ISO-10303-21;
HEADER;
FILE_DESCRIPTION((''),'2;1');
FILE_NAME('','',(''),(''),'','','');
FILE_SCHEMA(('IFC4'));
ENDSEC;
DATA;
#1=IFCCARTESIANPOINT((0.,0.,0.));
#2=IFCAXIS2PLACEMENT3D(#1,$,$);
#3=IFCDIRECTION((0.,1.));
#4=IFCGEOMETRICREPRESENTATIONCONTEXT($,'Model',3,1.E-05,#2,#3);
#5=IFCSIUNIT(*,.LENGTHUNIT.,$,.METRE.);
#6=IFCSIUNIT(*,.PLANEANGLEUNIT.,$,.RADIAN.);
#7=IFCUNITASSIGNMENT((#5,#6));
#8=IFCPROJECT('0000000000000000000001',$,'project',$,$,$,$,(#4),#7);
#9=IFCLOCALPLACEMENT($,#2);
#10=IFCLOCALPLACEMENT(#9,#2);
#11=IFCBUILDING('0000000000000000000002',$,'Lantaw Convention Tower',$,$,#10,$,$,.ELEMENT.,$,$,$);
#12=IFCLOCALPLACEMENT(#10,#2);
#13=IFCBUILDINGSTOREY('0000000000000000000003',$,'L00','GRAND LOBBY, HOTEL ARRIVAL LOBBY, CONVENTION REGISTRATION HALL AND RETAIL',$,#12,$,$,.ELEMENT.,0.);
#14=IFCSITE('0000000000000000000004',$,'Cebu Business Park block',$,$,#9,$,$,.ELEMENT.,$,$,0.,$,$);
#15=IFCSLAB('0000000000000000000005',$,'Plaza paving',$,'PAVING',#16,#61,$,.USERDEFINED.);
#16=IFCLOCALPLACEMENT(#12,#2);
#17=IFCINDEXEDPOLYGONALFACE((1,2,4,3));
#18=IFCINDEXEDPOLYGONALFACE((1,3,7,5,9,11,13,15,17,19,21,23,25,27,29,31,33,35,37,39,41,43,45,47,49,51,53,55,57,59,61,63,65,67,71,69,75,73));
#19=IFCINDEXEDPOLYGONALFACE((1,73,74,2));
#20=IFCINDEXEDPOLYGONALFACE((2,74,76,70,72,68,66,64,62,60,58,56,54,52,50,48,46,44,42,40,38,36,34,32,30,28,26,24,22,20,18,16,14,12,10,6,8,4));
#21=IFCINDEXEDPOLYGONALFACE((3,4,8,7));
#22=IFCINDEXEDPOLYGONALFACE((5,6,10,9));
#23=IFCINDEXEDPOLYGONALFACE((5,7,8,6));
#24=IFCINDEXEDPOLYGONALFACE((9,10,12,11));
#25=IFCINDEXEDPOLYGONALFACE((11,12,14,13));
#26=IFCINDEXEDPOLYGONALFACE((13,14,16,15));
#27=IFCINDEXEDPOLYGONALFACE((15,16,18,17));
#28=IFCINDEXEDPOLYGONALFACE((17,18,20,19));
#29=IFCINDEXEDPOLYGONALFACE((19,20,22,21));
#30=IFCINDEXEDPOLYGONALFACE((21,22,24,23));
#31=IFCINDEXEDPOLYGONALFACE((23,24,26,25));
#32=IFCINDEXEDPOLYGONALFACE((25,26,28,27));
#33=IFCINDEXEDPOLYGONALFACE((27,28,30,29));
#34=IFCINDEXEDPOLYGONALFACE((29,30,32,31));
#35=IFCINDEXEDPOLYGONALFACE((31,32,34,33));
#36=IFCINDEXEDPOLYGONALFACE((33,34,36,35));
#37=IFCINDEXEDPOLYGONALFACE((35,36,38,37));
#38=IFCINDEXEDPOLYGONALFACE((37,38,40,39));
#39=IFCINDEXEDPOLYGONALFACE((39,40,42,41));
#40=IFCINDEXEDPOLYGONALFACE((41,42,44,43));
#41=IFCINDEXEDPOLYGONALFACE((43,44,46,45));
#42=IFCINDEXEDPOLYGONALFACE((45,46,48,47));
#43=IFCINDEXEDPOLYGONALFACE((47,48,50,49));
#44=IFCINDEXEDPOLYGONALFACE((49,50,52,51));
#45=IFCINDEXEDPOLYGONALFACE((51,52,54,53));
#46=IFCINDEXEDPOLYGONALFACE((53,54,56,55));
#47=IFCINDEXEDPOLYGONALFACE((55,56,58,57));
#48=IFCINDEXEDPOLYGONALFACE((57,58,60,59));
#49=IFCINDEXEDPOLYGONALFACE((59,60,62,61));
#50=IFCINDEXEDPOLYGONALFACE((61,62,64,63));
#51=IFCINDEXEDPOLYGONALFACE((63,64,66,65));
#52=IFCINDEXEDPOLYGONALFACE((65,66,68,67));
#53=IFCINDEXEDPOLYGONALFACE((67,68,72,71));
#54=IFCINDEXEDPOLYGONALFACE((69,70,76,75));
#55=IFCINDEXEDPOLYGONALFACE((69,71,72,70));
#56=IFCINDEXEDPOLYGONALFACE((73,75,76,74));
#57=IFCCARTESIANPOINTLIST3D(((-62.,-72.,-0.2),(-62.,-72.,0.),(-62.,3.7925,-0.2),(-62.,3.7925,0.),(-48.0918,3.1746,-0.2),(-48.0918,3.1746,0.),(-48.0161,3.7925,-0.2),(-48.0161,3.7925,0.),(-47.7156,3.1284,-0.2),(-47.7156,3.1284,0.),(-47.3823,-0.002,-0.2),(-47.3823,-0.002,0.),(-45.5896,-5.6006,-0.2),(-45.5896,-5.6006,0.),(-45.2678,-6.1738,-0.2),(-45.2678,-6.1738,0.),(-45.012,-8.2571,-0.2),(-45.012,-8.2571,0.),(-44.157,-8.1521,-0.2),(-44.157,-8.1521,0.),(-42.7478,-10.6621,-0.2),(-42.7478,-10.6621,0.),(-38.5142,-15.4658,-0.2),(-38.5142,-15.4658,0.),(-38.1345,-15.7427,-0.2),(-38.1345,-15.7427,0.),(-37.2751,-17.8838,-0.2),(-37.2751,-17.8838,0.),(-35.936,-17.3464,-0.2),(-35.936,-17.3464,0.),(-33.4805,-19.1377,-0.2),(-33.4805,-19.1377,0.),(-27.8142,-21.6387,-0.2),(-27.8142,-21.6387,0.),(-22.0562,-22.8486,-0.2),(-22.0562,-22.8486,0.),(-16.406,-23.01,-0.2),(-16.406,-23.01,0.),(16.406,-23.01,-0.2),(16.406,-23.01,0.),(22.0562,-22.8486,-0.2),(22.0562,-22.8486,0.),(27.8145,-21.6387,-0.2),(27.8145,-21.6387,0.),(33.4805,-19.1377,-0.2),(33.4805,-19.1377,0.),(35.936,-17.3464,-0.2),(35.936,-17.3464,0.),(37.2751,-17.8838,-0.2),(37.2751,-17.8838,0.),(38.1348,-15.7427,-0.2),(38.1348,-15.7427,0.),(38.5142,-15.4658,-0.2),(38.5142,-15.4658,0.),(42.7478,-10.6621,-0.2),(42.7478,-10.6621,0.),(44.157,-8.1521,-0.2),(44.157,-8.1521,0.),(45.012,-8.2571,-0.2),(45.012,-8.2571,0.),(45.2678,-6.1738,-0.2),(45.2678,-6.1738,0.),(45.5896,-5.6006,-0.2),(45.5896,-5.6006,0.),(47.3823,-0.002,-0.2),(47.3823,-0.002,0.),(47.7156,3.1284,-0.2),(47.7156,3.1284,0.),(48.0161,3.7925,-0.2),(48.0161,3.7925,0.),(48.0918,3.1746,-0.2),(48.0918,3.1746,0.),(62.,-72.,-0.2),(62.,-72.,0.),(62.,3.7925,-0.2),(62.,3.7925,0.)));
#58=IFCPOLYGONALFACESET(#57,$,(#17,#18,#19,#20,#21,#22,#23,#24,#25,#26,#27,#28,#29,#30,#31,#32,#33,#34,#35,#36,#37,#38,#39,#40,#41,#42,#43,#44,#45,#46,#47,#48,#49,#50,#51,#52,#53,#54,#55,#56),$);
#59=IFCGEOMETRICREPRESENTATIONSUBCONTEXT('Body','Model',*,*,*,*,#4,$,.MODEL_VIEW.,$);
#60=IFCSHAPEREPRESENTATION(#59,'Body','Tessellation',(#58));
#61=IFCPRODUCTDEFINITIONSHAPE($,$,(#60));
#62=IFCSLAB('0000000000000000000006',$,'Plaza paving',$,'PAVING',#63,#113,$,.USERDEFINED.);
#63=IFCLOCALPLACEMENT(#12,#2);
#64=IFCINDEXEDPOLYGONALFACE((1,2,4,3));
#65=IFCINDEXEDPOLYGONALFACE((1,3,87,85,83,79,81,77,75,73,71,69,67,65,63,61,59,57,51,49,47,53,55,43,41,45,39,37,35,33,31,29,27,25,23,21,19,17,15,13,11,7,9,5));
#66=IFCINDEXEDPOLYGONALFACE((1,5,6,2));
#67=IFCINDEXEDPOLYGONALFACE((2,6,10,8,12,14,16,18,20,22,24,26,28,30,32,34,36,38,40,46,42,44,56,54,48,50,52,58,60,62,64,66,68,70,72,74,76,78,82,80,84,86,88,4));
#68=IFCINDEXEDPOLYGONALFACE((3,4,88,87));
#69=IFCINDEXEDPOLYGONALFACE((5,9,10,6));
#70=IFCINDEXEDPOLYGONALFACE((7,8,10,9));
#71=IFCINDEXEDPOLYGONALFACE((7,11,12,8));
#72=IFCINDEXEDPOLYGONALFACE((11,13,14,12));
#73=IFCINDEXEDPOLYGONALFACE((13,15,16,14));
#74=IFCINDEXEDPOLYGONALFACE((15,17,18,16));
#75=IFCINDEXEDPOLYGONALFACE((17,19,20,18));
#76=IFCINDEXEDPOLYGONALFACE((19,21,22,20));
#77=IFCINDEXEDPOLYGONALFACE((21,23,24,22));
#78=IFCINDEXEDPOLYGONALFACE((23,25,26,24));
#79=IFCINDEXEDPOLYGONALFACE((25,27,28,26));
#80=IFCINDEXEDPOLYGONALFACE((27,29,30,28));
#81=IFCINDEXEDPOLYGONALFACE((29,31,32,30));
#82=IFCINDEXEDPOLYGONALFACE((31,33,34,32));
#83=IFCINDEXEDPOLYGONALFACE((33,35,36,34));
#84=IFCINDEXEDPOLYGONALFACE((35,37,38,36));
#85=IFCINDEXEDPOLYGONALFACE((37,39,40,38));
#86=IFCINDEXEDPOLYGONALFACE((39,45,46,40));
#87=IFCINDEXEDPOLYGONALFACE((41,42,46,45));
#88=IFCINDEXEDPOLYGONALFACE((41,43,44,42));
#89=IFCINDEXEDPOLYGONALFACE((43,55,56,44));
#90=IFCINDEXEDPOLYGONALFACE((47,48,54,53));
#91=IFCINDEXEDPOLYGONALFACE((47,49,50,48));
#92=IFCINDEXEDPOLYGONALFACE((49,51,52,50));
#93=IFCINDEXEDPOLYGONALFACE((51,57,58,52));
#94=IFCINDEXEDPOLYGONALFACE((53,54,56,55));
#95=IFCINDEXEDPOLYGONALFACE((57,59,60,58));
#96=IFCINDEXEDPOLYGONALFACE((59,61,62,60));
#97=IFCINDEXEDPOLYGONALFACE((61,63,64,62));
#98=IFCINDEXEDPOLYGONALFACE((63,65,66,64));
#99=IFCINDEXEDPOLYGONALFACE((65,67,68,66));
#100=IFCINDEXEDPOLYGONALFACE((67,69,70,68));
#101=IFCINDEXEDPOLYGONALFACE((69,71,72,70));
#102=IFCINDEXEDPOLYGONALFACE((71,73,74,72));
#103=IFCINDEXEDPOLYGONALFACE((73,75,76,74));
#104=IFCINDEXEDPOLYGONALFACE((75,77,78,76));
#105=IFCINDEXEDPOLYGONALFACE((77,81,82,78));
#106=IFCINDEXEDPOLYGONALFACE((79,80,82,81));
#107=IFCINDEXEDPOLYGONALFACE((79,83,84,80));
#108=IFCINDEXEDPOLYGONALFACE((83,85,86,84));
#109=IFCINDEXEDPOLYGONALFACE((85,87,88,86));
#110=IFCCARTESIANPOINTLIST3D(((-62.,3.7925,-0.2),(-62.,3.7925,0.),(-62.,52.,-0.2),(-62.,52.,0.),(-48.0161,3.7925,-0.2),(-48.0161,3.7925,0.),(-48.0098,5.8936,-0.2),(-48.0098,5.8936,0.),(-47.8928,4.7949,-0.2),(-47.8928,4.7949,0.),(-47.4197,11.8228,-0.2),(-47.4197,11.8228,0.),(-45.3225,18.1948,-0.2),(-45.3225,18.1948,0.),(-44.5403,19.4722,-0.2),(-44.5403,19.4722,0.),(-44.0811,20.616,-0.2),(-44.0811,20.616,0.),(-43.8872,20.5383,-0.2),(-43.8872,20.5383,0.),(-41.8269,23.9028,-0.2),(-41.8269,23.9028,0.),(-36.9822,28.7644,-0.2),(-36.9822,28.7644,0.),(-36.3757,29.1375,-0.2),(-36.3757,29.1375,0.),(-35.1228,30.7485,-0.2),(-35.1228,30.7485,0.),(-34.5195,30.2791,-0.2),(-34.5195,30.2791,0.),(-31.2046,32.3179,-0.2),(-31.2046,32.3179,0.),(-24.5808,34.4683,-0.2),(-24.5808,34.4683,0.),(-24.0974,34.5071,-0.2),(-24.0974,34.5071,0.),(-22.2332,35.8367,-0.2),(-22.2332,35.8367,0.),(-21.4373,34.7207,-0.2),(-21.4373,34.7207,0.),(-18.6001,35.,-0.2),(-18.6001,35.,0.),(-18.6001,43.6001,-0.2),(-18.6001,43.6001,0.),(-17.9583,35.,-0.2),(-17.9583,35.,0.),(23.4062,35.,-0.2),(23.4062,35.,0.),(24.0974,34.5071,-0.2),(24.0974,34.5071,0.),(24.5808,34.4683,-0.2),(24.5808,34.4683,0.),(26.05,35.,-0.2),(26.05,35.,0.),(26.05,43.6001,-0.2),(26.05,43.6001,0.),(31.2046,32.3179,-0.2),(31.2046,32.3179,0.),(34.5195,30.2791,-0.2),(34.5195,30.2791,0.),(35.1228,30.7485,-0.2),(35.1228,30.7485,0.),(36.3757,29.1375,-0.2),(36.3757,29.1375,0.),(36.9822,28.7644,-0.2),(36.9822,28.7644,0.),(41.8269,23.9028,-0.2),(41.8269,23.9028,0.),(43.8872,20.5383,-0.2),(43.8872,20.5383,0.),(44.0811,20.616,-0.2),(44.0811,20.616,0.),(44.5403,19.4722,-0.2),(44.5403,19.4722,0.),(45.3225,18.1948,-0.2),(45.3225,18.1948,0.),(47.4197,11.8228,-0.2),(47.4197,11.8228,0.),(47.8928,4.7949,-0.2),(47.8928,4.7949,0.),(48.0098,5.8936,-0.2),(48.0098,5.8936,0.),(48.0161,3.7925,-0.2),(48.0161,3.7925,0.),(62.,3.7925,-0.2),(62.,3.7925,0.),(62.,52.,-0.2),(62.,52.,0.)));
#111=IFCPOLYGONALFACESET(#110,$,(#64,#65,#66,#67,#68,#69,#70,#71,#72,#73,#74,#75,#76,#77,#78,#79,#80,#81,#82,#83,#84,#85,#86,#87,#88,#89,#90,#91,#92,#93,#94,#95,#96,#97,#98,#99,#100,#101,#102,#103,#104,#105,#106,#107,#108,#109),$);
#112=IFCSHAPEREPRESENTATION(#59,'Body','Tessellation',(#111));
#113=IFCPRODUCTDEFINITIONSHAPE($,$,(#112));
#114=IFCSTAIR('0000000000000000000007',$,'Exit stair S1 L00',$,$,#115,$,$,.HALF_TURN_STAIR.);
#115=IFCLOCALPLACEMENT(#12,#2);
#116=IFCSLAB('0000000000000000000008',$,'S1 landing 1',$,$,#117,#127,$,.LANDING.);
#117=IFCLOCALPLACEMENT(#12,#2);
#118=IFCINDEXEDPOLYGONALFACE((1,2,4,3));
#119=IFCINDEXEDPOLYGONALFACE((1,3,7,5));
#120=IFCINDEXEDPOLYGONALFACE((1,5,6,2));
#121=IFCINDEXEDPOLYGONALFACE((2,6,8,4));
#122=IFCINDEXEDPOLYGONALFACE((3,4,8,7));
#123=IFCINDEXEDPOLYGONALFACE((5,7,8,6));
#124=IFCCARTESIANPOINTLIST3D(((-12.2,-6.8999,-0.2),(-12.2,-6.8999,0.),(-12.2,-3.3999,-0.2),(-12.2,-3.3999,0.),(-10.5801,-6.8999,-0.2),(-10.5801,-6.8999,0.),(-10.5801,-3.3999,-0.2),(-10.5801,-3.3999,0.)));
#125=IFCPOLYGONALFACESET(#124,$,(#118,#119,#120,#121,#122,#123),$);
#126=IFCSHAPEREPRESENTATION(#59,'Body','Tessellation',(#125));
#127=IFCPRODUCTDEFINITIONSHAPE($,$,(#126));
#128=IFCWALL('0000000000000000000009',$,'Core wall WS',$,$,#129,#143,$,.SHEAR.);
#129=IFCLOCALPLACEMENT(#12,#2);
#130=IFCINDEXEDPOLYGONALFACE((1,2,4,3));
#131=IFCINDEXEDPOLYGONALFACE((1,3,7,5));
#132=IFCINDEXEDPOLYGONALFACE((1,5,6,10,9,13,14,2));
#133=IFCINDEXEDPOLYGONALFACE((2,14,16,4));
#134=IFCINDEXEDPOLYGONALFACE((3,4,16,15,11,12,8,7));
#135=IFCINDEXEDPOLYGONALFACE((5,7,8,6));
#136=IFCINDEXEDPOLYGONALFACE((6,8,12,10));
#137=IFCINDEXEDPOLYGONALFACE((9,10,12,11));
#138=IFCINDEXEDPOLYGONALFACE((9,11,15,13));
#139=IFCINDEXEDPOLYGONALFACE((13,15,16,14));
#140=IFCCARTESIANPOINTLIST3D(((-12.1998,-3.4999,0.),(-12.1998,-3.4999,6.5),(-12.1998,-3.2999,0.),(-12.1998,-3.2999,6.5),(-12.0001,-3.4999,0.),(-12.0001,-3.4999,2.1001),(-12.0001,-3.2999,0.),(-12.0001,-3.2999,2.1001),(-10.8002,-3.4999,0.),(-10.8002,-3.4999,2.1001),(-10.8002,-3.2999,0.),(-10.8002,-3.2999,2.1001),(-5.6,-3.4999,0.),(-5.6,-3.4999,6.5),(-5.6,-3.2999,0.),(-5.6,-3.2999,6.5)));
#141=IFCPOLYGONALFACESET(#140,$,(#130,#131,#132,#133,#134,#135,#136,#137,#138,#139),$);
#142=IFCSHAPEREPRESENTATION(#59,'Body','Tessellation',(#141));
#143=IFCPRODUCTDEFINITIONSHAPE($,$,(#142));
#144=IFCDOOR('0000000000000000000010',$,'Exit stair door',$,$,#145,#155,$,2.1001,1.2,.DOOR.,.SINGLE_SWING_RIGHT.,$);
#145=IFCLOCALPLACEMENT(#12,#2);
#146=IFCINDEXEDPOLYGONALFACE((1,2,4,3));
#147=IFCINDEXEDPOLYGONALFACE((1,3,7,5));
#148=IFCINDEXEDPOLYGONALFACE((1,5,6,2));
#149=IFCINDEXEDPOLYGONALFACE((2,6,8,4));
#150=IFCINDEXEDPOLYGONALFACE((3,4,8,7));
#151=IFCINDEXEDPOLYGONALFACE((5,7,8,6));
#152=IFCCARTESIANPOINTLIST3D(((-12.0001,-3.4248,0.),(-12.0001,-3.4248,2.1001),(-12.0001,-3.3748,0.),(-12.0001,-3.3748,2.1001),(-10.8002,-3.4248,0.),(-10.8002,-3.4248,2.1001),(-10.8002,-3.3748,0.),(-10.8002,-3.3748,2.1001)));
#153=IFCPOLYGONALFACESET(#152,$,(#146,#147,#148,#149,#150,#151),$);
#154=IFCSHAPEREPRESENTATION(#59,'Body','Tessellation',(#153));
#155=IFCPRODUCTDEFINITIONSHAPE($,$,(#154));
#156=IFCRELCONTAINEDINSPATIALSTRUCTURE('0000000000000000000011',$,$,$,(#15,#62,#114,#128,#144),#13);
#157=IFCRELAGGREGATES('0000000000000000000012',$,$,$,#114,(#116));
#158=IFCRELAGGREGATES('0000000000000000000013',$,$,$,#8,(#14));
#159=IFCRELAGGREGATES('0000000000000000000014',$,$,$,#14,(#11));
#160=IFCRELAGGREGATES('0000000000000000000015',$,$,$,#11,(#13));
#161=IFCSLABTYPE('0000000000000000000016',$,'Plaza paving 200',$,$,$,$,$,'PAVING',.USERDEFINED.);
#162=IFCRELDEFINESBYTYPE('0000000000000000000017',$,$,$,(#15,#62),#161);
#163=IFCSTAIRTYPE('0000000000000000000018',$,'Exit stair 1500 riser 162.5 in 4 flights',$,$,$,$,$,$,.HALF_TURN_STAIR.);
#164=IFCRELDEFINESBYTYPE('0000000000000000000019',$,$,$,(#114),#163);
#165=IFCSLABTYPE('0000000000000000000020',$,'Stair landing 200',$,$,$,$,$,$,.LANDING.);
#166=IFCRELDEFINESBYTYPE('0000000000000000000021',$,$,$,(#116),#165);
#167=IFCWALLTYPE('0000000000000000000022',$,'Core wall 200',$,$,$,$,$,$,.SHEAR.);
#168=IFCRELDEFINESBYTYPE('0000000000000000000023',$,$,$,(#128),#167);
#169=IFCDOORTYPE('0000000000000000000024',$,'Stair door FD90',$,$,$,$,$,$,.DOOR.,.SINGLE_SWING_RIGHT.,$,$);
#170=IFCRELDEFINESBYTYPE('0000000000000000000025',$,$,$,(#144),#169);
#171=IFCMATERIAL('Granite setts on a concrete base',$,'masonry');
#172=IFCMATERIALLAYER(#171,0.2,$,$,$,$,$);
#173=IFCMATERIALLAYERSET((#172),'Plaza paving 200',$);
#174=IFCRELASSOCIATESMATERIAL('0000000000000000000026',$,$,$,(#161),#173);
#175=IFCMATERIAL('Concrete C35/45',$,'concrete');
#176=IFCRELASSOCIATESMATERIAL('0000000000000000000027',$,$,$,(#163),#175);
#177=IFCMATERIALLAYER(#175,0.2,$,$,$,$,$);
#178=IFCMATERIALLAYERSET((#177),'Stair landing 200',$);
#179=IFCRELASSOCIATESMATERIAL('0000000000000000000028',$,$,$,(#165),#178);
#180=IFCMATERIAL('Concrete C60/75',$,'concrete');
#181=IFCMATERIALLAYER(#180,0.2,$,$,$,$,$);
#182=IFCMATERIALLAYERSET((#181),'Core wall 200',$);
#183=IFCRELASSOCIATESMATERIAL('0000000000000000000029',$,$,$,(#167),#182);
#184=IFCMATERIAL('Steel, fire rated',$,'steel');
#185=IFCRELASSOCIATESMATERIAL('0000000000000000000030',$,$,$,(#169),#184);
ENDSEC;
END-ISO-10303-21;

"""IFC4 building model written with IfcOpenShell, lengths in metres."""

from ifc_helpers import new_model, si_unit, direction, frame, frame_2d, origin, place, context, subcontext, project, spatial, polyline, rectangle, outline, extrude, material, layer, layer_set, type_object, element, fill, aggregate, save


model = new_model("IFC4")

# Units and contexts
model_context = context("Model", 3, precision=1e-05, world=origin(), true_north=direction((0.0, 1.0)))
body_context = subcontext(model_context, "Body", "Model", "MODEL_VIEW")
ifc_project = project(units=[si_unit("LENGTHUNIT", "METRE"), si_unit("PLANEANGLEUNIT", "RADIAN")], contexts=[model_context])

# Site, building, storey
site_placement = place(None, origin())
site = spatial("IfcSite", under=ifc_project, at=site_placement, Name="Cebu Business Park block", CompositionType="ELEMENT", RefElevation=0.0)
building_placement = place(site_placement, origin())
building = spatial("IfcBuilding", under=site, at=building_placement, Name="Lantaw Convention Tower", CompositionType="ELEMENT")
storey_placement = place(building_placement, origin())
storey = spatial("IfcBuildingStorey", under=building, at=storey_placement, Name="L00", Description="GRAND LOBBY, HOTEL ARRIVAL LOBBY, CONVENTION REGISTRATION HALL AND RETAIL", CompositionType="ELEMENT", Elevation=0.0)

# Slabs
ifc_material_1 = material(Name="Concrete C35/45", Category="concrete")
ifc_material_2 = material(Name="Granite setts on a concrete base", Category="masonry")
ifc_layer_1 = layer(ifc_material_2, 0.2)
ifc_layer_set_1 = layer_set([ifc_layer_1], Name="Plaza paving 200")
slab_type_1 = type_object("IfcSlabType", Name="Plaza paving 200", ElementType="PAVING", PredefinedType="USERDEFINED", material=ifc_layer_set_1)
slab_1_placement = place(storey_placement, frame((0.0, 0.0, -0.2)))
element("IfcSlab", 1, at=slab_1_placement, inside=storey, type_object=slab_type_1, Name="Plaza paving", ObjectType="PAVING", PredefinedType="USERDEFINED", context=body_context, shape_type="SweptSolid", body=[
    extrude(outline(polyline([(62.0, -72.0), (62.0, 3.7925), (48.0161, 3.7925), (48.0918, 3.1746), (47.7156, 3.1284), (47.3823, -0.002), (45.5896, -5.6006), (45.2678, -6.1738), (45.012, -8.2571), (44.157, -8.1521), (42.7478, -10.6621), (38.5142, -15.4658), (38.1348, -15.7427), (37.2751, -17.8838), (35.936, -17.3464), (33.4805, -19.1377), (27.8145, -21.6387), (22.0562, -22.8486), (16.406, -23.01), (-16.406, -23.01), (-22.0562, -22.8486), (-27.8142, -21.6387), (-33.4805, -19.1377), (-35.936, -17.3464), (-37.2751, -17.8838), (-38.1345, -15.7427), (-38.5142, -15.4658), (-42.7478, -10.6621), (-44.157, -8.1521), (-45.012, -8.2571), (-45.2678, -6.1738), (-45.5896, -5.6006), (-47.3823, -0.002), (-47.7156, 3.1284), (-48.0918, 3.1746), (-48.0161, 3.7925), (-62.0, 3.7925), (-62.0, -72.0), (62.0, -72.0)])), origin(), (0.0, 0.0, 1.0), 0.2),
])
slab_2_placement = place(storey_placement, frame((0.0, 0.0, -0.2)))
element("IfcSlab", 2, at=slab_2_placement, inside=storey, type_object=slab_type_1, Name="Plaza paving", ObjectType="PAVING", PredefinedType="USERDEFINED", context=body_context, shape_type="SweptSolid", body=[
    extrude(outline(polyline([(62.0, 3.7925), (62.0, 52.0), (-62.0, 52.0), (-62.0, 3.7925), (-48.0161, 3.7925), (-47.8928, 4.7949), (-48.0098, 5.8936), (-47.4197, 11.8228), (-45.3225, 18.1948), (-44.5403, 19.4722), (-44.0811, 20.616), (-43.8872, 20.5383), (-41.8269, 23.9028), (-36.9822, 28.7644), (-36.3757, 29.1375), (-35.1228, 30.7485), (-34.5195, 30.2791), (-31.2046, 32.3179), (-24.5808, 34.4683), (-24.0974, 34.5071), (-22.2332, 35.8367), (-21.4373, 34.7207), (-17.9583, 35.0), (-18.6001, 35.0), (-18.6001, 43.6001), (26.05, 43.6001), (26.05, 35.0), (23.4062, 35.0), (24.0974, 34.5071), (24.5808, 34.4683), (31.2046, 32.3179), (34.5195, 30.2791), (35.1228, 30.7485), (36.3757, 29.1375), (36.9822, 28.7644), (41.8269, 23.9028), (43.8872, 20.5383), (44.0811, 20.616), (44.5403, 19.4722), (45.3225, 18.1948), (47.4197, 11.8228), (48.0098, 5.8936), (47.8928, 4.7949), (48.0161, 3.7925), (62.0, 3.7925)])), origin(), (0.0, 0.0, 1.0), 0.2),
])

# Stair, slab
stair_type = type_object("IfcStairType", Name="Exit stair 1500 riser 162.5 in 4 flights", PredefinedType="HALF_TURN_STAIR", material=ifc_material_1)
stair_placement = place(storey_placement, origin())
stair = element("IfcStair", 3, at=stair_placement, inside=storey, type_object=stair_type, Name="Exit stair S1 L00", PredefinedType="HALF_TURN_STAIR")
ifc_layer_2 = layer(ifc_material_1, 0.2)
ifc_layer_set_2 = layer_set([ifc_layer_2], Name="Stair landing 200")
slab_type_2 = type_object("IfcSlabType", Name="Stair landing 200", PredefinedType="LANDING", material=ifc_layer_set_2)
slab_3_placement = place(storey_placement, frame((0.0, 0.0, -0.2)))
slab_3 = element("IfcSlab", 4, at=slab_3_placement, type_object=slab_type_2, Name="S1 landing 1", PredefinedType="LANDING", context=body_context, shape_type="SweptSolid", body=[
    extrude(outline(polyline([(-12.2, -6.8999), (-10.5801, -6.8999), (-10.5801, -3.3999), (-12.2, -3.3999), (-12.2, -6.8999)])), origin(), (0.0, 0.0, 1.0), 0.2),
])
aggregate(stair, [slab_3])

# Wall, opening, door
ifc_material_3 = material(Name="Concrete C60/75", Category="concrete")
ifc_layer_3 = layer(ifc_material_3, 0.2)
ifc_layer_set_3 = layer_set([ifc_layer_3], Name="Core wall 200")
wall_type_1 = type_object("IfcWallType", Name="Core wall 200", PredefinedType="SHEAR", material=ifc_layer_set_3)
wall_1_placement = place(storey_placement, frame((-5.6001, -3.3999, 0.0), z_axis=(0.0, 0.0, 1.0), x_axis=(-1.0, 0.0, 0.0)))
wall_1 = element("IfcWall", 5, at=wall_1_placement, inside=storey, type_object=wall_type_1, Name="Core wall WS", PredefinedType="SHEAR", context=body_context, shape_type="SweptSolid", body=[
    extrude(rectangle(XDim=6.5999, YDim=0.2, at=frame_2d((3.2998, 0.0))), origin(), (0.0, 0.0, 1.0), 6.5),
])
opening_1_placement = place(wall_1_placement, frame((5.2, 0.0, 0.0)))
opening_1 = element("IfcOpeningElement", 6, at=opening_1_placement, cuts=wall_1, PredefinedType="OPENING", context=body_context, shape_type="SweptSolid", body=[
    extrude(rectangle(XDim=1.2, YDim=2.1001, at=frame_2d((0.6001, 1.05))), frame((0.0, 0.1099, 0.0), z_axis=(0.0, -1.0, 0.0), x_axis=(1.0, 0.0, 0.0)), (0.0, 0.0, 1.0), 0.22),
])
ifc_material_4 = material(Name="Steel, fire rated", Category="steel")
door_type_1 = type_object("IfcDoorType", Name="Stair door FD90", OperationType="SINGLE_SWING_RIGHT", PredefinedType="DOOR", material=ifc_material_4)
door_1_placement = place(opening_1_placement, origin())
door_1 = element("IfcDoor", 7, at=door_1_placement, inside=storey, type_object=door_type_1, Name="Exit stair door", OperationType="SINGLE_SWING_RIGHT", OverallHeight=2.1001, OverallWidth=1.2, PredefinedType="DOOR", context=body_context, shape_type="SweptSolid", body=[
    extrude(rectangle(XDim=1.2, YDim=2.1001, at=frame_2d((0.6001, 1.05))), frame((0.0, 0.0249, 0.0), z_axis=(0.0, -1.0, 0.0), x_axis=(1.0, 0.0, 0.0)), (0.0, 0.0, 1.0), 0.05),
])
fill(opening_1, door_1)

save(model, "model.ifc")
